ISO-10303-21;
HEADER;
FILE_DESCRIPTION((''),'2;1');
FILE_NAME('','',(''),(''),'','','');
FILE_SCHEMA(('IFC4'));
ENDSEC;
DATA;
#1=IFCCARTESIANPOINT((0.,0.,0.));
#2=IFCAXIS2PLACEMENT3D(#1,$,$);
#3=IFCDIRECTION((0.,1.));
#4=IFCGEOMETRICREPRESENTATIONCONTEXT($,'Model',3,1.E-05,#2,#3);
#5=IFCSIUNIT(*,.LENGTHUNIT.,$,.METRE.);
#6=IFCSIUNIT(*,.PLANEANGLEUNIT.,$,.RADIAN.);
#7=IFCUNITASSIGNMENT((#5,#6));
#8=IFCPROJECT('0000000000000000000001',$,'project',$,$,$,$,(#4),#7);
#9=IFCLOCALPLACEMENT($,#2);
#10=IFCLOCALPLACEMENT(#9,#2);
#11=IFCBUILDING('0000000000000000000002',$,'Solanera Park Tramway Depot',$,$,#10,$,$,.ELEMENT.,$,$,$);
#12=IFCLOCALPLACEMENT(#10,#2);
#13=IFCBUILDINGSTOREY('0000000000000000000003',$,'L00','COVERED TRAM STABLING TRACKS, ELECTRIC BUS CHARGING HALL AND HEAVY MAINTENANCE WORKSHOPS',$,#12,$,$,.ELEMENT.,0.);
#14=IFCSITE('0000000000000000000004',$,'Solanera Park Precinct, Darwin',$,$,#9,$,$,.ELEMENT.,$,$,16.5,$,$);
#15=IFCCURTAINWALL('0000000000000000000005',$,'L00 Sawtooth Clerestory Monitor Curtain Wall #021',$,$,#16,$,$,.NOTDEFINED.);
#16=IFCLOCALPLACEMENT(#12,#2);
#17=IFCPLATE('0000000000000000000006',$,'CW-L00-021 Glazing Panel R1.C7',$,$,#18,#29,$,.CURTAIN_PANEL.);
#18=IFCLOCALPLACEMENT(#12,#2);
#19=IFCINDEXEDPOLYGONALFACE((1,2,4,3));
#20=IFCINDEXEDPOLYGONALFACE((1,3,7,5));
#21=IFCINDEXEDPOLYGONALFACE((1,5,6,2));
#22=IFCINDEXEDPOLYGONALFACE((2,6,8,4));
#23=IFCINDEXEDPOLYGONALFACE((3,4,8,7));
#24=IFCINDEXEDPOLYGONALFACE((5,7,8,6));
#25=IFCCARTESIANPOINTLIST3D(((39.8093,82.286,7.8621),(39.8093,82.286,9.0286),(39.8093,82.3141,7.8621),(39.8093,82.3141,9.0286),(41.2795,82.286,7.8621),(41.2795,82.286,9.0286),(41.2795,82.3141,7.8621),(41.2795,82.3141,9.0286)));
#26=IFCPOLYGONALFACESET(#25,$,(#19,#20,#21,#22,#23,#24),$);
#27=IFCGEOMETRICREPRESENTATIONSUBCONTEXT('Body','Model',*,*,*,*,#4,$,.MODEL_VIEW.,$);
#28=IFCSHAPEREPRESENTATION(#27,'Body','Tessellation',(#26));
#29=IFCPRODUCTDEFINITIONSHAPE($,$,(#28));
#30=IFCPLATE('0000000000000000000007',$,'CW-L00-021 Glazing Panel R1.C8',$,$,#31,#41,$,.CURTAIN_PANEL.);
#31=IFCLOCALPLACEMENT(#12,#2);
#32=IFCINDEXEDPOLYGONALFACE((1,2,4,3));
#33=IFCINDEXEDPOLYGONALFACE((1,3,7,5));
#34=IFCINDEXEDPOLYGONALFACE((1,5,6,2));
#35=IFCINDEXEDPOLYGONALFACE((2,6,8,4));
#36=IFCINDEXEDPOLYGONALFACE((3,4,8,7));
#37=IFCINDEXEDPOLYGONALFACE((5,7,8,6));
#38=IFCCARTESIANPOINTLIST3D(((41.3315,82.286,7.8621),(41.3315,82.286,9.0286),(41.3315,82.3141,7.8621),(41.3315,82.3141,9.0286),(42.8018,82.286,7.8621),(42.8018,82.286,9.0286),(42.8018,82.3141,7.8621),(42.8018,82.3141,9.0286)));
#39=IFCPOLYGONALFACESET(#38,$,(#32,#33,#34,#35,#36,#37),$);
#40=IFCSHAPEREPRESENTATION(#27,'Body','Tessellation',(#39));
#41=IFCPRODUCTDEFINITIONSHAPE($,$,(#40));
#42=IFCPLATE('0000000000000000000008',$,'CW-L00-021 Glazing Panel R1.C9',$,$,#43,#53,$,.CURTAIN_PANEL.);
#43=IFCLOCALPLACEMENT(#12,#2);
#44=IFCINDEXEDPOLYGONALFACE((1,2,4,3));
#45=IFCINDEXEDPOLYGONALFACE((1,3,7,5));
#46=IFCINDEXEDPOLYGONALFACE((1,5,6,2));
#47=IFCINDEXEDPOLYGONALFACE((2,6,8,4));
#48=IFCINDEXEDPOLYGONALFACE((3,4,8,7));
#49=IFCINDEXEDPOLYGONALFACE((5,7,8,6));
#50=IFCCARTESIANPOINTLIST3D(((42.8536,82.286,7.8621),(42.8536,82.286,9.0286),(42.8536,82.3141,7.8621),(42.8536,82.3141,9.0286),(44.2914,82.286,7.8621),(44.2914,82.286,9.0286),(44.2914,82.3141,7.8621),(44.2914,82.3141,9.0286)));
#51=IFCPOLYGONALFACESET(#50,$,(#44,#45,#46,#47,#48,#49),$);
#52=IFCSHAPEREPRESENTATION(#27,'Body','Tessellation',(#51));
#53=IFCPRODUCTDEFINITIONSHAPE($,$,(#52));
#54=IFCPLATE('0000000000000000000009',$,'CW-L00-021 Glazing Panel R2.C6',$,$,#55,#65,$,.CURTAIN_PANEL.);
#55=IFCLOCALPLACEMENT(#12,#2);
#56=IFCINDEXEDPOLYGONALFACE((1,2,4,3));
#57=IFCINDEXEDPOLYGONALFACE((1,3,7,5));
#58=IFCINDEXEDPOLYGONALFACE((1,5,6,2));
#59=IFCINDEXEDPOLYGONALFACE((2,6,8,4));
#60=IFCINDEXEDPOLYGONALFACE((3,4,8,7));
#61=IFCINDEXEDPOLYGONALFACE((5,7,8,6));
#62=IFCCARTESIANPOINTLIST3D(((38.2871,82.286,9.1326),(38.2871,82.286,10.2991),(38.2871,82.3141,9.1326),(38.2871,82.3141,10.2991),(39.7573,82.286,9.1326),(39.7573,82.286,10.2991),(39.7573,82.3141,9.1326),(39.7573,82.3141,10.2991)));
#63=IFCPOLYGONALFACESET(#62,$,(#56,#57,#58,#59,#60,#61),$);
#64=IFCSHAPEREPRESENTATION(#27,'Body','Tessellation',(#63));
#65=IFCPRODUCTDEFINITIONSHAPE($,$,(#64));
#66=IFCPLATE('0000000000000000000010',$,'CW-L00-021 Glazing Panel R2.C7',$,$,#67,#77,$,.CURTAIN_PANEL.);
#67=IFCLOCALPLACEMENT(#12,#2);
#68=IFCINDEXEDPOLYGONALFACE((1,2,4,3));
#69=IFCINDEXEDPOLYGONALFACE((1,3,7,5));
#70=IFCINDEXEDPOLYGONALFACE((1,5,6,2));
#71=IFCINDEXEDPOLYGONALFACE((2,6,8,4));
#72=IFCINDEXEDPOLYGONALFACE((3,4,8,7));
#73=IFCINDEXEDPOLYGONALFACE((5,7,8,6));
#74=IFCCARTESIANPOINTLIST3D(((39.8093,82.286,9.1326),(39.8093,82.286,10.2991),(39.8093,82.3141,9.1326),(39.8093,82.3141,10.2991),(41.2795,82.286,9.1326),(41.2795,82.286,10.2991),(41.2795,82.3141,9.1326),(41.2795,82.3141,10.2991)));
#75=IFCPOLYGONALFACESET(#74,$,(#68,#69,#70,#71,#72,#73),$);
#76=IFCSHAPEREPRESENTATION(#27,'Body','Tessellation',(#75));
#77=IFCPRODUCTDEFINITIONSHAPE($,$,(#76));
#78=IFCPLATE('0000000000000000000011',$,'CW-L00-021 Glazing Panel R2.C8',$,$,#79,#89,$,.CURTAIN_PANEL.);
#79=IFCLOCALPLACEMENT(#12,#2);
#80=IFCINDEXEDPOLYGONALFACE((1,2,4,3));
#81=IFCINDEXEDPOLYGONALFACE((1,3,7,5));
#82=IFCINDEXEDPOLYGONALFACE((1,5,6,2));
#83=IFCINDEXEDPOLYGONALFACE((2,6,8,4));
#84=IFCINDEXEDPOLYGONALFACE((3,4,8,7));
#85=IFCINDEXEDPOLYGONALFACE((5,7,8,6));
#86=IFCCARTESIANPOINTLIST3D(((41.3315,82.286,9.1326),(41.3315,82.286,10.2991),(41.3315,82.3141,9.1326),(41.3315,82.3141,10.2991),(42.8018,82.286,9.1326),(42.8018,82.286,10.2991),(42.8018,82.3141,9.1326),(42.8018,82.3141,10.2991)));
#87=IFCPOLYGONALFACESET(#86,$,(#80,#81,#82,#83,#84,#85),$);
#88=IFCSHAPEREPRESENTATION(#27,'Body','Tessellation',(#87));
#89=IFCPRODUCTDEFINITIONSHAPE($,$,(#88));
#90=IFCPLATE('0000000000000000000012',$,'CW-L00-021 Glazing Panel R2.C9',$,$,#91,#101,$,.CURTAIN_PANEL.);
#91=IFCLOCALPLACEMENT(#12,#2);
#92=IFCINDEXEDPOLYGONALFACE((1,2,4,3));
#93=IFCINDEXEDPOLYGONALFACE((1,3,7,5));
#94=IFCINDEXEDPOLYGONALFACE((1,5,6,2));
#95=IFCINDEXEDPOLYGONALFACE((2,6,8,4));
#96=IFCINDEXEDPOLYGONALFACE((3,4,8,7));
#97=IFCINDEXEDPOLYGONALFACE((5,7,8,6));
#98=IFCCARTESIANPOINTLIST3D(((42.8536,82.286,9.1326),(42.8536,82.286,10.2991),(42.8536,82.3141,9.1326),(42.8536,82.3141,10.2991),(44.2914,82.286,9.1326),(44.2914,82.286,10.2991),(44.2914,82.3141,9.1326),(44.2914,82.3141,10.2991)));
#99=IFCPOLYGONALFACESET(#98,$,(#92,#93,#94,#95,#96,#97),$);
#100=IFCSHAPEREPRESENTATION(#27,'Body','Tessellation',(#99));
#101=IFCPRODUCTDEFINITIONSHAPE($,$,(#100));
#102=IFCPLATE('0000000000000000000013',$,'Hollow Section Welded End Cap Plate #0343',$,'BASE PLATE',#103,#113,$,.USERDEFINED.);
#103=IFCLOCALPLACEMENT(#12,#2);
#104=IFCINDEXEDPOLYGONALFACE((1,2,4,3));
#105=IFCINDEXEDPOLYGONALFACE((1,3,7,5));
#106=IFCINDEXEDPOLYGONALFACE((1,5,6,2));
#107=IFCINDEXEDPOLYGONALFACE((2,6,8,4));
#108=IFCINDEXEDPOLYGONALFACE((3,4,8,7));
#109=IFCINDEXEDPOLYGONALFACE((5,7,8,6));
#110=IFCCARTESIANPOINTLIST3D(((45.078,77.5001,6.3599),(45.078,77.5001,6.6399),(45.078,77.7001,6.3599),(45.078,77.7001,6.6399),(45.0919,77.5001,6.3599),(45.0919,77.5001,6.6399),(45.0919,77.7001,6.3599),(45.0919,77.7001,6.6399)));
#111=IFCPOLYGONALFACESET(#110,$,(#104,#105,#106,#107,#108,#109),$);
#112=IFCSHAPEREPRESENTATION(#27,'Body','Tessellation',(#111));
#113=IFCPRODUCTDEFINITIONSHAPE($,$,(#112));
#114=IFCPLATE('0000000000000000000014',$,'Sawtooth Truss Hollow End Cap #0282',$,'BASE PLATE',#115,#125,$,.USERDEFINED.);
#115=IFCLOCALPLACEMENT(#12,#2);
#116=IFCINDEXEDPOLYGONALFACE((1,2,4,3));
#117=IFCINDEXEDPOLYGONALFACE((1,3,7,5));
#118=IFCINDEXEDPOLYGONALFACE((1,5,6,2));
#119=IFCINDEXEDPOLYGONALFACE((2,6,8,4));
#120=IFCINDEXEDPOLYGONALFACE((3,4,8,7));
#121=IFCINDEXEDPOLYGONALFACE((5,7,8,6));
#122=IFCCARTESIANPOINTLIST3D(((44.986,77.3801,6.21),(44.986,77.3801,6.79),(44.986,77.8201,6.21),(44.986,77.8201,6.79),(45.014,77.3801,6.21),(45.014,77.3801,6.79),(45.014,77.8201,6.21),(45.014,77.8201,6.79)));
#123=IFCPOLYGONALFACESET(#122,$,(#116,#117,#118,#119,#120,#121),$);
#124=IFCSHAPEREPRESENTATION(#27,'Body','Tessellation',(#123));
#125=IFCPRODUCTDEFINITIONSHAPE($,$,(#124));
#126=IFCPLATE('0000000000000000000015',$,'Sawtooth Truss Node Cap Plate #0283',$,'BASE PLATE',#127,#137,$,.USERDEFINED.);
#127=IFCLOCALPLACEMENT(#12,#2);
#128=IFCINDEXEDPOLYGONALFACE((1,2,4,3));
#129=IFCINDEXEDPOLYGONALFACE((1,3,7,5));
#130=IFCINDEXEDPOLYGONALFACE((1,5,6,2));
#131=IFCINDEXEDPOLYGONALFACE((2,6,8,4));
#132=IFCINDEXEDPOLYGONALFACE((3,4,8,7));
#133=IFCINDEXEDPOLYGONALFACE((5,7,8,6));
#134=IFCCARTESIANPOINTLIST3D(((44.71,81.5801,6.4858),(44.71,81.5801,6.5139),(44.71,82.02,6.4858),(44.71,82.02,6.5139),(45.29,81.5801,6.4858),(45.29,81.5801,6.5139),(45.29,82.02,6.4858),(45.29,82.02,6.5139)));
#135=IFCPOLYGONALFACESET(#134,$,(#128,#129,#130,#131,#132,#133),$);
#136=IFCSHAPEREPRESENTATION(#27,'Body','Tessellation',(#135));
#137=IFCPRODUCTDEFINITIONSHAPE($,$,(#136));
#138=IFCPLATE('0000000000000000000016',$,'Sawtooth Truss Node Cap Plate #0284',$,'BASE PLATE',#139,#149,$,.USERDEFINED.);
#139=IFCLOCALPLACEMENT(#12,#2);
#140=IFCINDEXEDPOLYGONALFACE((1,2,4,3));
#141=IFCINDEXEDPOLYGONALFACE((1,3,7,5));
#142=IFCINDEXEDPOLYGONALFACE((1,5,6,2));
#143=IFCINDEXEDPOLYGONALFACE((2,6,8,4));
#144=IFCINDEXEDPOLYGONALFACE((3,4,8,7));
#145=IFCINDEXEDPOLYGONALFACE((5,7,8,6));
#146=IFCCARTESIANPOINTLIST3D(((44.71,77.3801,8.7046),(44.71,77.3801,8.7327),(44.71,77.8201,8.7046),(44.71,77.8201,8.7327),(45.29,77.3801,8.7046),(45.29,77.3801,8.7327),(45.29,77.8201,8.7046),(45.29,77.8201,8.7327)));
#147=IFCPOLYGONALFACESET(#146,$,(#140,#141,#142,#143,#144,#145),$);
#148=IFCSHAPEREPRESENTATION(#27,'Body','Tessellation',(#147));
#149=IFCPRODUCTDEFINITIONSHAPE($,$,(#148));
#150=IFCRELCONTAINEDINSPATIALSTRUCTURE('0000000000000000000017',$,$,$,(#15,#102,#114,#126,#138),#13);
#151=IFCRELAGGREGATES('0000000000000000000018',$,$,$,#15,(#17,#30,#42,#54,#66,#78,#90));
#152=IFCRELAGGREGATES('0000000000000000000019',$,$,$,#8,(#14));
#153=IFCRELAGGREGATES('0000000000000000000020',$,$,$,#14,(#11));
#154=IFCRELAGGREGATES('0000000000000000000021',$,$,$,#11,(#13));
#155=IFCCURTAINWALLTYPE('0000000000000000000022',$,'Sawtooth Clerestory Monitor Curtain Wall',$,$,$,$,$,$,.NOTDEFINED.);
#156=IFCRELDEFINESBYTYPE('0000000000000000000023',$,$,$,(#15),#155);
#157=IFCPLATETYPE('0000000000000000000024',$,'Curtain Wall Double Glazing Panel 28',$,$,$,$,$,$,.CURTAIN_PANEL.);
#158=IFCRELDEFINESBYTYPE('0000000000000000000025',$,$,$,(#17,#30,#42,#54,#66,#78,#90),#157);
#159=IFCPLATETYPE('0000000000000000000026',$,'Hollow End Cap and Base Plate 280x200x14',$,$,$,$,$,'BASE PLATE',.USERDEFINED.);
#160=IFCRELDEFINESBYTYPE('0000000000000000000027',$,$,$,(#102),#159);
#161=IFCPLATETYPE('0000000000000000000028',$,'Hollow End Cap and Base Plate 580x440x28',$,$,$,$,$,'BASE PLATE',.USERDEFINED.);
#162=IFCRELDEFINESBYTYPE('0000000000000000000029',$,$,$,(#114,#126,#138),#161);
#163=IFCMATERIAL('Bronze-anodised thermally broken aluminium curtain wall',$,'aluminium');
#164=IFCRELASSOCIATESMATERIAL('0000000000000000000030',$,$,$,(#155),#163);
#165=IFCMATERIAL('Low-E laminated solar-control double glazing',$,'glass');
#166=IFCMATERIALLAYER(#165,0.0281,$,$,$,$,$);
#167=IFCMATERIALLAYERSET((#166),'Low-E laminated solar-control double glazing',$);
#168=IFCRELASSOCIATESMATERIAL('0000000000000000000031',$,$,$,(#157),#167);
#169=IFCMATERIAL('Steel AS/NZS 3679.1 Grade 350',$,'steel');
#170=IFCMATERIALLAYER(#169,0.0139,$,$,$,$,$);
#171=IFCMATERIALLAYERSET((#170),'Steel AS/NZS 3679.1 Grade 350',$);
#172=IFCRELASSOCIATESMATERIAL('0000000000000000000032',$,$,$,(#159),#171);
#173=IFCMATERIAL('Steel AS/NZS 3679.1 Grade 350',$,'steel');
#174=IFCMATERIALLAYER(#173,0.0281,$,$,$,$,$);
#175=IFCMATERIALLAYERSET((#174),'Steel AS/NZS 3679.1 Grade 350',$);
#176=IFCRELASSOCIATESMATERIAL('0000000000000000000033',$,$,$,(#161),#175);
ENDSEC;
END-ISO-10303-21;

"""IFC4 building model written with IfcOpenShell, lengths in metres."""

from ifc_helpers import new_model, si_unit, direction, frame, origin, origin_2d, place, context, subcontext, project, spatial, rectangle, extrude, material, layer, layer_set, type_object, element, aggregate, save


model = new_model("IFC4")

# Units and contexts
model_context = context("Model", 3, precision=1e-05, world=origin(), true_north=direction((0.0, 1.0)))
body_context = subcontext(model_context, "Body", "Model", "MODEL_VIEW")
ifc_project = project(units=[si_unit("LENGTHUNIT", "METRE"), si_unit("PLANEANGLEUNIT", "RADIAN")], contexts=[model_context])

# Site, building, storey
site_placement = place(None, origin())
site = spatial("IfcSite", under=ifc_project, at=site_placement, Name="Solanera Park Precinct, Darwin", CompositionType="ELEMENT", RefElevation=16.5)
building_placement = place(site_placement, origin())
building = spatial("IfcBuilding", under=site, at=building_placement, Name="Solanera Park Tramway Depot", CompositionType="ELEMENT")
storey_placement = place(building_placement, origin())
storey = spatial("IfcBuildingStorey", under=building, at=storey_placement, Name="L00", Description="COVERED TRAM STABLING TRACKS, ELECTRIC BUS CHARGING HALL AND HEAVY MAINTENANCE WORKSHOPS", CompositionType="ELEMENT", Elevation=0.0)

# Curtain wall
ifc_material_1 = material(Name="Bronze-anodised thermally broken aluminium curtain wall", Category="aluminium")
curtain_wall_type = type_object("IfcCurtainWallType", Name="Sawtooth Clerestory Monitor Curtain Wall", PredefinedType="NOTDEFINED", material=ifc_material_1)
curtain_wall_placement = place(storey_placement, origin())
curtain_wall = element("IfcCurtainWall", 1, at=curtain_wall_placement, inside=storey, type_object=curtain_wall_type, Name="L00 Sawtooth Clerestory Monitor Curtain Wall #021", PredefinedType="NOTDEFINED")

# Plates
ifc_material_2 = material(Name="Low-E laminated solar-control double glazing", Category="glass")
ifc_layer_1 = layer(ifc_material_2, 0.0281)
ifc_layer_set_1 = layer_set([ifc_layer_1], Name="Low-E laminated solar-control double glazing")
plate_type_1 = type_object("IfcPlateType", Name="Curtain Wall Double Glazing Panel 28", PredefinedType="CURTAIN_PANEL", material=ifc_layer_set_1)
plate_1_placement = place(storey_placement, frame((40.5444, 82.3, 7.8621), z_axis=(0.0, 0.0, 1.0), x_axis=(1.0, 0.0, 0.0)))
plate_1 = element("IfcPlate", 2, at=plate_1_placement, type_object=plate_type_1, Name="CW-L00-021 Glazing Panel R1.C7", PredefinedType="CURTAIN_PANEL", context=body_context, shape_type="SweptSolid", body=[
    extrude(rectangle(XDim=1.4702, YDim=0.0281, at=origin_2d()), origin(), (0.0, 0.0, 1.0), 1.1665),
])
plate_2_placement = place(storey_placement, frame((42.0667, 82.3, 7.8621), z_axis=(0.0, 0.0, 1.0), x_axis=(1.0, 0.0, 0.0)))
plate_2 = element("IfcPlate", 3, at=plate_2_placement, type_object=plate_type_1, Name="CW-L00-021 Glazing Panel R1.C8", PredefinedType="CURTAIN_PANEL", context=body_context, shape_type="SweptSolid", body=[
    extrude(rectangle(XDim=1.4702, YDim=0.0281, at=origin_2d()), origin(), (0.0, 0.0, 1.0), 1.1665),
])
plate_3_placement = place(storey_placement, frame((43.5725, 82.3, 7.8621), z_axis=(0.0, 0.0, 1.0), x_axis=(1.0, 0.0, 0.0)))
plate_3 = element("IfcPlate", 4, at=plate_3_placement, type_object=plate_type_1, Name="CW-L00-021 Glazing Panel R1.C9", PredefinedType="CURTAIN_PANEL", context=body_context, shape_type="SweptSolid", body=[
    extrude(rectangle(XDim=1.4377, YDim=0.0281, at=origin_2d()), origin(), (0.0, 0.0, 1.0), 1.1665),
])
plate_4_placement = place(storey_placement, frame((39.0222, 82.3, 9.1326), z_axis=(0.0, 0.0, 1.0), x_axis=(1.0, 0.0, 0.0)))
plate_4 = element("IfcPlate", 5, at=plate_4_placement, type_object=plate_type_1, Name="CW-L00-021 Glazing Panel R2.C6", PredefinedType="CURTAIN_PANEL", context=body_context, shape_type="SweptSolid", body=[
    extrude(rectangle(XDim=1.4702, YDim=0.0281, at=origin_2d()), origin(), (0.0, 0.0, 1.0), 1.1665),
])
plate_5_placement = place(storey_placement, frame((40.5444, 82.3, 9.1326), z_axis=(0.0, 0.0, 1.0), x_axis=(1.0, 0.0, 0.0)))
plate_5 = element("IfcPlate", 6, at=plate_5_placement, type_object=plate_type_1, Name="CW-L00-021 Glazing Panel R2.C7", PredefinedType="CURTAIN_PANEL", context=body_context, shape_type="SweptSolid", body=[
    extrude(rectangle(XDim=1.4702, YDim=0.0281, at=origin_2d()), origin(), (0.0, 0.0, 1.0), 1.1665),
])
plate_6_placement = place(storey_placement, frame((42.0667, 82.3, 9.1326), z_axis=(0.0, 0.0, 1.0), x_axis=(1.0, 0.0, 0.0)))
plate_6 = element("IfcPlate", 7, at=plate_6_placement, type_object=plate_type_1, Name="CW-L00-021 Glazing Panel R2.C8", PredefinedType="CURTAIN_PANEL", context=body_context, shape_type="SweptSolid", body=[
    extrude(rectangle(XDim=1.4702, YDim=0.0281, at=origin_2d()), origin(), (0.0, 0.0, 1.0), 1.1665),
])
plate_7_placement = place(storey_placement, frame((43.5725, 82.3, 9.1326), z_axis=(0.0, 0.0, 1.0), x_axis=(1.0, 0.0, 0.0)))
plate_7 = element("IfcPlate", 8, at=plate_7_placement, type_object=plate_type_1, Name="CW-L00-021 Glazing Panel R2.C9", PredefinedType="CURTAIN_PANEL", context=body_context, shape_type="SweptSolid", body=[
    extrude(rectangle(XDim=1.4377, YDim=0.0281, at=origin_2d()), origin(), (0.0, 0.0, 1.0), 1.1665),
])
aggregate(curtain_wall, [plate_1, plate_2, plate_3, plate_4, plate_5, plate_6, plate_7])

# Plates
ifc_material_3 = material(Name="Steel AS/NZS 3679.1 Grade 350", Category="steel")
ifc_layer_2 = layer(ifc_material_3, 0.0139)
ifc_layer_set_2 = layer_set([ifc_layer_2], Name="Steel AS/NZS 3679.1 Grade 350")
plate_type_2 = type_object("IfcPlateType", Name="Hollow End Cap and Base Plate 280x200x14", ElementType="BASE PLATE", PredefinedType="USERDEFINED", material=ifc_layer_set_2)
plate_8_placement = place(storey_placement, frame((45.085, 77.6001, 6.3599), z_axis=(0.0, 0.0, 1.0), x_axis=(1.0, 0.0, 0.0)))
element("IfcPlate", 9, at=plate_8_placement, inside=storey, type_object=plate_type_2, Name="Hollow Section Welded End Cap Plate #0343", ObjectType="BASE PLATE", PredefinedType="USERDEFINED", context=body_context, shape_type="SweptSolid", body=[
    extrude(rectangle(XDim=0.0139, YDim=0.2, at=origin_2d()), origin(), (0.0, 0.0, 1.0), 0.28),
])
ifc_material_4 = material(Name="Steel AS/NZS 3679.1 Grade 350", Category="steel")
ifc_layer_3 = layer(ifc_material_4, 0.0281)
ifc_layer_set_3 = layer_set([ifc_layer_3], Name="Steel AS/NZS 3679.1 Grade 350")
plate_type_3 = type_object("IfcPlateType", Name="Hollow End Cap and Base Plate 580x440x28", ElementType="BASE PLATE", PredefinedType="USERDEFINED", material=ifc_layer_set_3)
plate_9_placement = place(storey_placement, frame((45.0, 77.6001, 6.21), z_axis=(0.0, 0.0, 1.0), x_axis=(1.0, 0.0, 0.0)))
element("IfcPlate", 10, at=plate_9_placement, inside=storey, type_object=plate_type_3, Name="Sawtooth Truss Hollow End Cap #0282", ObjectType="BASE PLATE", PredefinedType="USERDEFINED", context=body_context, shape_type="SweptSolid", body=[
    extrude(rectangle(XDim=0.0281, YDim=0.4399, at=origin_2d()), origin(), (0.0, 0.0, 1.0), 0.5801),
])
for number, where, z_axis, x_axis, name in (
    (11, (45.0, 81.8, 6.4858), (0.0, 0.0, 1.0), (1.0, 0.0, 0.0), "Sawtooth Truss Node Cap Plate #0283"),
    (12, (45.0, 77.6001, 8.7046), (0.0, 0.0, 1.0), (1.0, 0.0, 0.0), "Sawtooth Truss Node Cap Plate #0284"),
):
    element("IfcPlate", number, at=place(storey_placement, frame(where, z_axis=z_axis, x_axis=x_axis)), inside=storey, type_object=plate_type_3, Name=name, ObjectType="BASE PLATE", PredefinedType="USERDEFINED", context=body_context, shape_type="SweptSolid", body=[
        extrude(rectangle(XDim=0.5801, YDim=0.4399, at=origin_2d()), origin(), (0.0, 0.0, 1.0), 0.0281),
    ])

save(model, "model.ifc")
